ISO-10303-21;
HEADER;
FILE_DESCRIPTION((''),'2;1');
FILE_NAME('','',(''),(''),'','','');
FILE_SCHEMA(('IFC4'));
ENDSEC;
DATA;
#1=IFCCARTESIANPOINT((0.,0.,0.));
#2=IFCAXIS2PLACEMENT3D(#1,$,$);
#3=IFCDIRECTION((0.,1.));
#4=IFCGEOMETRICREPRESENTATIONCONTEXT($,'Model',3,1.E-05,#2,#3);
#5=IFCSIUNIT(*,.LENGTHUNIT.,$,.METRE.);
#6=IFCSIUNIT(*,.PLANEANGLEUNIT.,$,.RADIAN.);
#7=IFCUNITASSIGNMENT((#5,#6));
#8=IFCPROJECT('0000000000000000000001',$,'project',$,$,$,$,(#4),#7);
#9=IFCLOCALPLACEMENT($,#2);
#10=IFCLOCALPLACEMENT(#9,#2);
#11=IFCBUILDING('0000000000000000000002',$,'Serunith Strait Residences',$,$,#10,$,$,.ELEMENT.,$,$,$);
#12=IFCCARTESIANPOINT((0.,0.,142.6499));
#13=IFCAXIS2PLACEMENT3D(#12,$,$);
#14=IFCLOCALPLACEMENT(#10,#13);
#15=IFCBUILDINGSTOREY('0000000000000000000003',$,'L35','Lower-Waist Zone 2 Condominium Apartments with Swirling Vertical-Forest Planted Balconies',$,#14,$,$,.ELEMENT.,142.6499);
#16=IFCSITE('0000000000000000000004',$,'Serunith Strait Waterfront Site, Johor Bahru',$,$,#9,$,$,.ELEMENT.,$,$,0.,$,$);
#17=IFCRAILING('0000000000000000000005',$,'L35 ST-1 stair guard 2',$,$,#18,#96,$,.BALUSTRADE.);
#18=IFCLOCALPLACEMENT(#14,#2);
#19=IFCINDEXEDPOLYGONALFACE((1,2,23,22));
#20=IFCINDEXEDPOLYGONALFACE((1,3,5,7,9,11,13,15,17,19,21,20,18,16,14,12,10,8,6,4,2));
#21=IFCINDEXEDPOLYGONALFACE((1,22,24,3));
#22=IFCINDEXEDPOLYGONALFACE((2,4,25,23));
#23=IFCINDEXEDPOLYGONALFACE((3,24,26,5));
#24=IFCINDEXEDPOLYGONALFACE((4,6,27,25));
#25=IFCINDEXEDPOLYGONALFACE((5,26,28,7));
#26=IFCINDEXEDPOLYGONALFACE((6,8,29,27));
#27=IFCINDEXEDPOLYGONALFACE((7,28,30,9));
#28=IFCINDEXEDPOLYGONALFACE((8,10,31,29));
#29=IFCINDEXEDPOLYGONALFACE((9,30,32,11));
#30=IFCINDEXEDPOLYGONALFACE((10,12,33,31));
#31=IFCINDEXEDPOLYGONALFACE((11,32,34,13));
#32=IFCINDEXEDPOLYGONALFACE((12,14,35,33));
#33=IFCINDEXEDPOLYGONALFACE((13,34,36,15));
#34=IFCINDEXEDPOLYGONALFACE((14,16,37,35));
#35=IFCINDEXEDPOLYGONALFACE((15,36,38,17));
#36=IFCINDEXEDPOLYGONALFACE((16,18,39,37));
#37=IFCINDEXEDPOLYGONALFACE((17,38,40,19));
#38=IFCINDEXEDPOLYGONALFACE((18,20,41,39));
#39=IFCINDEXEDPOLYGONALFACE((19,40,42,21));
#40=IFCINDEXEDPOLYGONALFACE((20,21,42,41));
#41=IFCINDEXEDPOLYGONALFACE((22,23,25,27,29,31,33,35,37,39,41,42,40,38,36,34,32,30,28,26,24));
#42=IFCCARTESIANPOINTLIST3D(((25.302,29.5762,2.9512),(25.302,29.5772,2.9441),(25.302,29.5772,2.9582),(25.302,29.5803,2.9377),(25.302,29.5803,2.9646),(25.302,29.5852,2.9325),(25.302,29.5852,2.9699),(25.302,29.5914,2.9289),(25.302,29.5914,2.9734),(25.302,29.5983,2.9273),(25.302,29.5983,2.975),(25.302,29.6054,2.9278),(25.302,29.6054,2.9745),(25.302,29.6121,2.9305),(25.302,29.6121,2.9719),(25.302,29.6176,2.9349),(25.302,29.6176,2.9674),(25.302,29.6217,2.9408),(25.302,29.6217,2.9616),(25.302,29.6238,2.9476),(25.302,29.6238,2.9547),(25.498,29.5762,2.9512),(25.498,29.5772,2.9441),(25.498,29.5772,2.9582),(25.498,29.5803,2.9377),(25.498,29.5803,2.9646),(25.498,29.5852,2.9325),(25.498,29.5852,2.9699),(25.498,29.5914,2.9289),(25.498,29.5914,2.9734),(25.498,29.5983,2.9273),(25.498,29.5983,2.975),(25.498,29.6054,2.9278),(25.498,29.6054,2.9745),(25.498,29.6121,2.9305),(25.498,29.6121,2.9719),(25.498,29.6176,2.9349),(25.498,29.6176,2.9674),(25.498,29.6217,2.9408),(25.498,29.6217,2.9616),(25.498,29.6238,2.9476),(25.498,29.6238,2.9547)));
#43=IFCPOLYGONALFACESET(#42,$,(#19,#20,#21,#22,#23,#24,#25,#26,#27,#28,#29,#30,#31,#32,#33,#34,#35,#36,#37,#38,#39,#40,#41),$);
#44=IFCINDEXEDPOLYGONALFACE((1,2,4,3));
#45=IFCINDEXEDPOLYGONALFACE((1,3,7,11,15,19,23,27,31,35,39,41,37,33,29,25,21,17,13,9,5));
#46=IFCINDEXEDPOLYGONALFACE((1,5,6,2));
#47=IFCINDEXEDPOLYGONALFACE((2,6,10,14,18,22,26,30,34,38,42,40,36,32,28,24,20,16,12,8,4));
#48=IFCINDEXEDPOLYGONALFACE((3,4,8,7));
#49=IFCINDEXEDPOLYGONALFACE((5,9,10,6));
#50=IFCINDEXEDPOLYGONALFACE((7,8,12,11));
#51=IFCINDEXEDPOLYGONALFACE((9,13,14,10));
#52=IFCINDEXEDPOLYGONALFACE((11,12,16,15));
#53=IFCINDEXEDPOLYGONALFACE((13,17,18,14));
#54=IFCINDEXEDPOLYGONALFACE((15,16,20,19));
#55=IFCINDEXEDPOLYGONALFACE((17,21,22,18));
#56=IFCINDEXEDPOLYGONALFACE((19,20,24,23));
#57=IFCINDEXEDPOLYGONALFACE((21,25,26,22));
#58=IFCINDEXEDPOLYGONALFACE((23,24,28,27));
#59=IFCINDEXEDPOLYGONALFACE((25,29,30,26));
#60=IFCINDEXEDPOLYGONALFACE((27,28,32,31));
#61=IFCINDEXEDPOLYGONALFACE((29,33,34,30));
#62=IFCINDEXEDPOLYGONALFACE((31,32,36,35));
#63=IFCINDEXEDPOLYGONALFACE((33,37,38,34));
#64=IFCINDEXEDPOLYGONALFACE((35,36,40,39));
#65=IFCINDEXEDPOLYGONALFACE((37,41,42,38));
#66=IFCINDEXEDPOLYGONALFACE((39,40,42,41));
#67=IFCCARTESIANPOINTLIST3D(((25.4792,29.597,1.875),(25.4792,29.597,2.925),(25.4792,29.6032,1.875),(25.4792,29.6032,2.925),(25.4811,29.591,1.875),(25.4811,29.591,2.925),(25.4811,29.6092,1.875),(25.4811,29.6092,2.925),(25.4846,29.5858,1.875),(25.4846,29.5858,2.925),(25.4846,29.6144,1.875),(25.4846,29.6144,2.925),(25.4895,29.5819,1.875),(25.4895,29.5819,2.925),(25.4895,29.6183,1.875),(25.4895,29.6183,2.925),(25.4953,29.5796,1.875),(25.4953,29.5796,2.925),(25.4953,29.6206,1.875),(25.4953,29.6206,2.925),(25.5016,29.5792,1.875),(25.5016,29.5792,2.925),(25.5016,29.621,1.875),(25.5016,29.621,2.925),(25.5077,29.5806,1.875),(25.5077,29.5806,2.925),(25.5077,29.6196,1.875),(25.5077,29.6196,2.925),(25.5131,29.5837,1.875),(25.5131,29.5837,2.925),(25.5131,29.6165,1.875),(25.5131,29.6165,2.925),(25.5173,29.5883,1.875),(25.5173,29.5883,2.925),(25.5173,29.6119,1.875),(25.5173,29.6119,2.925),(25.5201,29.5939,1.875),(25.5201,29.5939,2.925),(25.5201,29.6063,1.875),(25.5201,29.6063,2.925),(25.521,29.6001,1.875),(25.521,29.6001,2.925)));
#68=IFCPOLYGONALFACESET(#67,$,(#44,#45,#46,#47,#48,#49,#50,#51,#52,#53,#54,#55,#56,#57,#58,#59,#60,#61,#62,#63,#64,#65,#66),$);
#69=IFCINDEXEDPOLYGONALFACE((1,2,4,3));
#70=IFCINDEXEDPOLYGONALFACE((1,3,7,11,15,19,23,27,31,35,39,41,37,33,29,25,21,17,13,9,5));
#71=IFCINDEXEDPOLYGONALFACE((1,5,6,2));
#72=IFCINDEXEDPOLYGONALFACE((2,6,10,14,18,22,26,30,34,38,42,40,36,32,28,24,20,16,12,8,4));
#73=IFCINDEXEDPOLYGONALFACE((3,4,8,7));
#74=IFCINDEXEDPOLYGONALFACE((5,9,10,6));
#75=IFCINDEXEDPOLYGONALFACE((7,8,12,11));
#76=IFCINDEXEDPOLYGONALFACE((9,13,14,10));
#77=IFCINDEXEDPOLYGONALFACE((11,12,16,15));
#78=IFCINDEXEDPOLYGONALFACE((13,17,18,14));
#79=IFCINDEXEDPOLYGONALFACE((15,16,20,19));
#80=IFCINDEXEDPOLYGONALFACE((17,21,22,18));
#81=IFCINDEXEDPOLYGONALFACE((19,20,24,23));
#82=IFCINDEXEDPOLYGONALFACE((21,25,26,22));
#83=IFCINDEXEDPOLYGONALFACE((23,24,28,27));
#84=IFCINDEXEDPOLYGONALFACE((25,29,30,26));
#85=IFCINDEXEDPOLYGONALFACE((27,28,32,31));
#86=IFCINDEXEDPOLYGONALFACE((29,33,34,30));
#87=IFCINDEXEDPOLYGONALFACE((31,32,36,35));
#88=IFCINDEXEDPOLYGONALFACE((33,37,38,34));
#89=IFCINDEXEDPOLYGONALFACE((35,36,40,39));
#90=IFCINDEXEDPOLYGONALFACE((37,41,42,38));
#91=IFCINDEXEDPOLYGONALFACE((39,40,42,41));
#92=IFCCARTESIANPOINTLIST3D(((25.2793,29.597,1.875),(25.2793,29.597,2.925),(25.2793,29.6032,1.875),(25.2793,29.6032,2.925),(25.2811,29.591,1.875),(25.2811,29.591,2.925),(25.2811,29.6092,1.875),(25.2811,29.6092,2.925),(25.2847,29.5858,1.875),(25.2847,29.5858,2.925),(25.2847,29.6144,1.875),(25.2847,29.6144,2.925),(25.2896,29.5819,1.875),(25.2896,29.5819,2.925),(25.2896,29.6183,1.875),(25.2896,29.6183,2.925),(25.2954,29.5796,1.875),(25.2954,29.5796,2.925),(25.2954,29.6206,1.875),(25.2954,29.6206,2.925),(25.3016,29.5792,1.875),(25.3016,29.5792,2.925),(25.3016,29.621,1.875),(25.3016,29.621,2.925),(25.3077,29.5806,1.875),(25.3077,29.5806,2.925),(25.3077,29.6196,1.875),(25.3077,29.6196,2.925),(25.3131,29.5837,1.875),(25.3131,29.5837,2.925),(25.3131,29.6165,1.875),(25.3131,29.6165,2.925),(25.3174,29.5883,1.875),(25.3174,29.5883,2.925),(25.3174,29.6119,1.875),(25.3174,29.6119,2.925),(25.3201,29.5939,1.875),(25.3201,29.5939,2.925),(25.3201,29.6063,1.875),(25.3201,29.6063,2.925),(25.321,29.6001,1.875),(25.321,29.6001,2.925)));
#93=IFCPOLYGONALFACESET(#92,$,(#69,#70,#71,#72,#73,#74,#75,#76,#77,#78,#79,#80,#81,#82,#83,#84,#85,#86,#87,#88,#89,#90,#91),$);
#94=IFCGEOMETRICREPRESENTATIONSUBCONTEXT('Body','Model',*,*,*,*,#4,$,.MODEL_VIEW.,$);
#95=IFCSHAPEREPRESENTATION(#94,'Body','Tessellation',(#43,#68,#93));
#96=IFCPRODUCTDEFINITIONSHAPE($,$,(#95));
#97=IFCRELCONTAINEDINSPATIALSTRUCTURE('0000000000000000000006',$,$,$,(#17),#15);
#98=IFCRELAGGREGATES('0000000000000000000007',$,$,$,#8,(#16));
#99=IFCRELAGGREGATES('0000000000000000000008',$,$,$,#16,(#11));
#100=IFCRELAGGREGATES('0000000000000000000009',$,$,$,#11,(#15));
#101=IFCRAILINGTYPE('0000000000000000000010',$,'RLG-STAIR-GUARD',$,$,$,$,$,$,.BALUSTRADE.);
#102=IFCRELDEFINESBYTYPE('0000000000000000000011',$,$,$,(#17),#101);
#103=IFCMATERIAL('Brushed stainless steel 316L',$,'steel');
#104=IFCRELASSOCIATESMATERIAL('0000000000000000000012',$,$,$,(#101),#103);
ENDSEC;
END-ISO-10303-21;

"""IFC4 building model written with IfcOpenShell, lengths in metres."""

from ifc_helpers import new_model, si_unit, direction, frame, origin, origin_2d, place, context, subcontext, project, spatial, circle, extrude, material, type_object, element, save


model = new_model("IFC4")

# Units and contexts
model_context = context("Model", 3, precision=1e-05, world=origin(), true_north=direction((0.0, 1.0)))
body_context = subcontext(model_context, "Body", "Model", "MODEL_VIEW")
ifc_project = project(units=[si_unit("LENGTHUNIT", "METRE"), si_unit("PLANEANGLEUNIT", "RADIAN")], contexts=[model_context])

# Site, building, storey
site_placement = place(None, origin())
site = spatial("IfcSite", under=ifc_project, at=site_placement, Name="Serunith Strait Waterfront Site, Johor Bahru", CompositionType="ELEMENT", RefElevation=0.0)
building_placement = place(site_placement, origin())
building = spatial("IfcBuilding", under=site, at=building_placement, Name="Serunith Strait Residences", CompositionType="ELEMENT")
storey_placement = place(building_placement, frame((0.0, 0.0, 142.6499)))
storey = spatial("IfcBuildingStorey", under=building, at=storey_placement, Name="L35", Description="Lower-Waist Zone 2 Condominium Apartments with Swirling Vertical-Forest Planted Balconies", CompositionType="ELEMENT", Elevation=142.6499)

# Railing
ifc_material_1 = material(Name="Brushed stainless steel 316L", Category="steel")
railing_type_1 = type_object("IfcRailingType", Name="RLG-STAIR-GUARD", PredefinedType="BALUSTRADE", material=ifc_material_1)
railing_1_placement = place(storey_placement, frame((25.5, 29.6001, 1.875)))
element("IfcRailing", 1, at=railing_1_placement, inside=storey, type_object=railing_type_1, Name="L35 ST-1 stair guard 2", PredefinedType="BALUSTRADE", context=body_context, shape_type="SweptSolid", body=[
    extrude(circle(Radius=0.0239, at=origin_2d()), frame((-0.002, 0.0, 1.0762), z_axis=(-1.0, 0.0, 0.0), x_axis=(0.0, -1.0, 0.0)), (0.0, 0.0, 1.0), 0.196),
    extrude(circle(Radius=0.021, at=origin_2d()), origin(), (0.0, 0.0, 1.0), 1.05),
    extrude(circle(Radius=0.021, at=origin_2d()), frame((-0.2, 0.0, 0.0)), (0.0, 0.0, 1.0), 1.05),
])

save(model, "model.ifc")
